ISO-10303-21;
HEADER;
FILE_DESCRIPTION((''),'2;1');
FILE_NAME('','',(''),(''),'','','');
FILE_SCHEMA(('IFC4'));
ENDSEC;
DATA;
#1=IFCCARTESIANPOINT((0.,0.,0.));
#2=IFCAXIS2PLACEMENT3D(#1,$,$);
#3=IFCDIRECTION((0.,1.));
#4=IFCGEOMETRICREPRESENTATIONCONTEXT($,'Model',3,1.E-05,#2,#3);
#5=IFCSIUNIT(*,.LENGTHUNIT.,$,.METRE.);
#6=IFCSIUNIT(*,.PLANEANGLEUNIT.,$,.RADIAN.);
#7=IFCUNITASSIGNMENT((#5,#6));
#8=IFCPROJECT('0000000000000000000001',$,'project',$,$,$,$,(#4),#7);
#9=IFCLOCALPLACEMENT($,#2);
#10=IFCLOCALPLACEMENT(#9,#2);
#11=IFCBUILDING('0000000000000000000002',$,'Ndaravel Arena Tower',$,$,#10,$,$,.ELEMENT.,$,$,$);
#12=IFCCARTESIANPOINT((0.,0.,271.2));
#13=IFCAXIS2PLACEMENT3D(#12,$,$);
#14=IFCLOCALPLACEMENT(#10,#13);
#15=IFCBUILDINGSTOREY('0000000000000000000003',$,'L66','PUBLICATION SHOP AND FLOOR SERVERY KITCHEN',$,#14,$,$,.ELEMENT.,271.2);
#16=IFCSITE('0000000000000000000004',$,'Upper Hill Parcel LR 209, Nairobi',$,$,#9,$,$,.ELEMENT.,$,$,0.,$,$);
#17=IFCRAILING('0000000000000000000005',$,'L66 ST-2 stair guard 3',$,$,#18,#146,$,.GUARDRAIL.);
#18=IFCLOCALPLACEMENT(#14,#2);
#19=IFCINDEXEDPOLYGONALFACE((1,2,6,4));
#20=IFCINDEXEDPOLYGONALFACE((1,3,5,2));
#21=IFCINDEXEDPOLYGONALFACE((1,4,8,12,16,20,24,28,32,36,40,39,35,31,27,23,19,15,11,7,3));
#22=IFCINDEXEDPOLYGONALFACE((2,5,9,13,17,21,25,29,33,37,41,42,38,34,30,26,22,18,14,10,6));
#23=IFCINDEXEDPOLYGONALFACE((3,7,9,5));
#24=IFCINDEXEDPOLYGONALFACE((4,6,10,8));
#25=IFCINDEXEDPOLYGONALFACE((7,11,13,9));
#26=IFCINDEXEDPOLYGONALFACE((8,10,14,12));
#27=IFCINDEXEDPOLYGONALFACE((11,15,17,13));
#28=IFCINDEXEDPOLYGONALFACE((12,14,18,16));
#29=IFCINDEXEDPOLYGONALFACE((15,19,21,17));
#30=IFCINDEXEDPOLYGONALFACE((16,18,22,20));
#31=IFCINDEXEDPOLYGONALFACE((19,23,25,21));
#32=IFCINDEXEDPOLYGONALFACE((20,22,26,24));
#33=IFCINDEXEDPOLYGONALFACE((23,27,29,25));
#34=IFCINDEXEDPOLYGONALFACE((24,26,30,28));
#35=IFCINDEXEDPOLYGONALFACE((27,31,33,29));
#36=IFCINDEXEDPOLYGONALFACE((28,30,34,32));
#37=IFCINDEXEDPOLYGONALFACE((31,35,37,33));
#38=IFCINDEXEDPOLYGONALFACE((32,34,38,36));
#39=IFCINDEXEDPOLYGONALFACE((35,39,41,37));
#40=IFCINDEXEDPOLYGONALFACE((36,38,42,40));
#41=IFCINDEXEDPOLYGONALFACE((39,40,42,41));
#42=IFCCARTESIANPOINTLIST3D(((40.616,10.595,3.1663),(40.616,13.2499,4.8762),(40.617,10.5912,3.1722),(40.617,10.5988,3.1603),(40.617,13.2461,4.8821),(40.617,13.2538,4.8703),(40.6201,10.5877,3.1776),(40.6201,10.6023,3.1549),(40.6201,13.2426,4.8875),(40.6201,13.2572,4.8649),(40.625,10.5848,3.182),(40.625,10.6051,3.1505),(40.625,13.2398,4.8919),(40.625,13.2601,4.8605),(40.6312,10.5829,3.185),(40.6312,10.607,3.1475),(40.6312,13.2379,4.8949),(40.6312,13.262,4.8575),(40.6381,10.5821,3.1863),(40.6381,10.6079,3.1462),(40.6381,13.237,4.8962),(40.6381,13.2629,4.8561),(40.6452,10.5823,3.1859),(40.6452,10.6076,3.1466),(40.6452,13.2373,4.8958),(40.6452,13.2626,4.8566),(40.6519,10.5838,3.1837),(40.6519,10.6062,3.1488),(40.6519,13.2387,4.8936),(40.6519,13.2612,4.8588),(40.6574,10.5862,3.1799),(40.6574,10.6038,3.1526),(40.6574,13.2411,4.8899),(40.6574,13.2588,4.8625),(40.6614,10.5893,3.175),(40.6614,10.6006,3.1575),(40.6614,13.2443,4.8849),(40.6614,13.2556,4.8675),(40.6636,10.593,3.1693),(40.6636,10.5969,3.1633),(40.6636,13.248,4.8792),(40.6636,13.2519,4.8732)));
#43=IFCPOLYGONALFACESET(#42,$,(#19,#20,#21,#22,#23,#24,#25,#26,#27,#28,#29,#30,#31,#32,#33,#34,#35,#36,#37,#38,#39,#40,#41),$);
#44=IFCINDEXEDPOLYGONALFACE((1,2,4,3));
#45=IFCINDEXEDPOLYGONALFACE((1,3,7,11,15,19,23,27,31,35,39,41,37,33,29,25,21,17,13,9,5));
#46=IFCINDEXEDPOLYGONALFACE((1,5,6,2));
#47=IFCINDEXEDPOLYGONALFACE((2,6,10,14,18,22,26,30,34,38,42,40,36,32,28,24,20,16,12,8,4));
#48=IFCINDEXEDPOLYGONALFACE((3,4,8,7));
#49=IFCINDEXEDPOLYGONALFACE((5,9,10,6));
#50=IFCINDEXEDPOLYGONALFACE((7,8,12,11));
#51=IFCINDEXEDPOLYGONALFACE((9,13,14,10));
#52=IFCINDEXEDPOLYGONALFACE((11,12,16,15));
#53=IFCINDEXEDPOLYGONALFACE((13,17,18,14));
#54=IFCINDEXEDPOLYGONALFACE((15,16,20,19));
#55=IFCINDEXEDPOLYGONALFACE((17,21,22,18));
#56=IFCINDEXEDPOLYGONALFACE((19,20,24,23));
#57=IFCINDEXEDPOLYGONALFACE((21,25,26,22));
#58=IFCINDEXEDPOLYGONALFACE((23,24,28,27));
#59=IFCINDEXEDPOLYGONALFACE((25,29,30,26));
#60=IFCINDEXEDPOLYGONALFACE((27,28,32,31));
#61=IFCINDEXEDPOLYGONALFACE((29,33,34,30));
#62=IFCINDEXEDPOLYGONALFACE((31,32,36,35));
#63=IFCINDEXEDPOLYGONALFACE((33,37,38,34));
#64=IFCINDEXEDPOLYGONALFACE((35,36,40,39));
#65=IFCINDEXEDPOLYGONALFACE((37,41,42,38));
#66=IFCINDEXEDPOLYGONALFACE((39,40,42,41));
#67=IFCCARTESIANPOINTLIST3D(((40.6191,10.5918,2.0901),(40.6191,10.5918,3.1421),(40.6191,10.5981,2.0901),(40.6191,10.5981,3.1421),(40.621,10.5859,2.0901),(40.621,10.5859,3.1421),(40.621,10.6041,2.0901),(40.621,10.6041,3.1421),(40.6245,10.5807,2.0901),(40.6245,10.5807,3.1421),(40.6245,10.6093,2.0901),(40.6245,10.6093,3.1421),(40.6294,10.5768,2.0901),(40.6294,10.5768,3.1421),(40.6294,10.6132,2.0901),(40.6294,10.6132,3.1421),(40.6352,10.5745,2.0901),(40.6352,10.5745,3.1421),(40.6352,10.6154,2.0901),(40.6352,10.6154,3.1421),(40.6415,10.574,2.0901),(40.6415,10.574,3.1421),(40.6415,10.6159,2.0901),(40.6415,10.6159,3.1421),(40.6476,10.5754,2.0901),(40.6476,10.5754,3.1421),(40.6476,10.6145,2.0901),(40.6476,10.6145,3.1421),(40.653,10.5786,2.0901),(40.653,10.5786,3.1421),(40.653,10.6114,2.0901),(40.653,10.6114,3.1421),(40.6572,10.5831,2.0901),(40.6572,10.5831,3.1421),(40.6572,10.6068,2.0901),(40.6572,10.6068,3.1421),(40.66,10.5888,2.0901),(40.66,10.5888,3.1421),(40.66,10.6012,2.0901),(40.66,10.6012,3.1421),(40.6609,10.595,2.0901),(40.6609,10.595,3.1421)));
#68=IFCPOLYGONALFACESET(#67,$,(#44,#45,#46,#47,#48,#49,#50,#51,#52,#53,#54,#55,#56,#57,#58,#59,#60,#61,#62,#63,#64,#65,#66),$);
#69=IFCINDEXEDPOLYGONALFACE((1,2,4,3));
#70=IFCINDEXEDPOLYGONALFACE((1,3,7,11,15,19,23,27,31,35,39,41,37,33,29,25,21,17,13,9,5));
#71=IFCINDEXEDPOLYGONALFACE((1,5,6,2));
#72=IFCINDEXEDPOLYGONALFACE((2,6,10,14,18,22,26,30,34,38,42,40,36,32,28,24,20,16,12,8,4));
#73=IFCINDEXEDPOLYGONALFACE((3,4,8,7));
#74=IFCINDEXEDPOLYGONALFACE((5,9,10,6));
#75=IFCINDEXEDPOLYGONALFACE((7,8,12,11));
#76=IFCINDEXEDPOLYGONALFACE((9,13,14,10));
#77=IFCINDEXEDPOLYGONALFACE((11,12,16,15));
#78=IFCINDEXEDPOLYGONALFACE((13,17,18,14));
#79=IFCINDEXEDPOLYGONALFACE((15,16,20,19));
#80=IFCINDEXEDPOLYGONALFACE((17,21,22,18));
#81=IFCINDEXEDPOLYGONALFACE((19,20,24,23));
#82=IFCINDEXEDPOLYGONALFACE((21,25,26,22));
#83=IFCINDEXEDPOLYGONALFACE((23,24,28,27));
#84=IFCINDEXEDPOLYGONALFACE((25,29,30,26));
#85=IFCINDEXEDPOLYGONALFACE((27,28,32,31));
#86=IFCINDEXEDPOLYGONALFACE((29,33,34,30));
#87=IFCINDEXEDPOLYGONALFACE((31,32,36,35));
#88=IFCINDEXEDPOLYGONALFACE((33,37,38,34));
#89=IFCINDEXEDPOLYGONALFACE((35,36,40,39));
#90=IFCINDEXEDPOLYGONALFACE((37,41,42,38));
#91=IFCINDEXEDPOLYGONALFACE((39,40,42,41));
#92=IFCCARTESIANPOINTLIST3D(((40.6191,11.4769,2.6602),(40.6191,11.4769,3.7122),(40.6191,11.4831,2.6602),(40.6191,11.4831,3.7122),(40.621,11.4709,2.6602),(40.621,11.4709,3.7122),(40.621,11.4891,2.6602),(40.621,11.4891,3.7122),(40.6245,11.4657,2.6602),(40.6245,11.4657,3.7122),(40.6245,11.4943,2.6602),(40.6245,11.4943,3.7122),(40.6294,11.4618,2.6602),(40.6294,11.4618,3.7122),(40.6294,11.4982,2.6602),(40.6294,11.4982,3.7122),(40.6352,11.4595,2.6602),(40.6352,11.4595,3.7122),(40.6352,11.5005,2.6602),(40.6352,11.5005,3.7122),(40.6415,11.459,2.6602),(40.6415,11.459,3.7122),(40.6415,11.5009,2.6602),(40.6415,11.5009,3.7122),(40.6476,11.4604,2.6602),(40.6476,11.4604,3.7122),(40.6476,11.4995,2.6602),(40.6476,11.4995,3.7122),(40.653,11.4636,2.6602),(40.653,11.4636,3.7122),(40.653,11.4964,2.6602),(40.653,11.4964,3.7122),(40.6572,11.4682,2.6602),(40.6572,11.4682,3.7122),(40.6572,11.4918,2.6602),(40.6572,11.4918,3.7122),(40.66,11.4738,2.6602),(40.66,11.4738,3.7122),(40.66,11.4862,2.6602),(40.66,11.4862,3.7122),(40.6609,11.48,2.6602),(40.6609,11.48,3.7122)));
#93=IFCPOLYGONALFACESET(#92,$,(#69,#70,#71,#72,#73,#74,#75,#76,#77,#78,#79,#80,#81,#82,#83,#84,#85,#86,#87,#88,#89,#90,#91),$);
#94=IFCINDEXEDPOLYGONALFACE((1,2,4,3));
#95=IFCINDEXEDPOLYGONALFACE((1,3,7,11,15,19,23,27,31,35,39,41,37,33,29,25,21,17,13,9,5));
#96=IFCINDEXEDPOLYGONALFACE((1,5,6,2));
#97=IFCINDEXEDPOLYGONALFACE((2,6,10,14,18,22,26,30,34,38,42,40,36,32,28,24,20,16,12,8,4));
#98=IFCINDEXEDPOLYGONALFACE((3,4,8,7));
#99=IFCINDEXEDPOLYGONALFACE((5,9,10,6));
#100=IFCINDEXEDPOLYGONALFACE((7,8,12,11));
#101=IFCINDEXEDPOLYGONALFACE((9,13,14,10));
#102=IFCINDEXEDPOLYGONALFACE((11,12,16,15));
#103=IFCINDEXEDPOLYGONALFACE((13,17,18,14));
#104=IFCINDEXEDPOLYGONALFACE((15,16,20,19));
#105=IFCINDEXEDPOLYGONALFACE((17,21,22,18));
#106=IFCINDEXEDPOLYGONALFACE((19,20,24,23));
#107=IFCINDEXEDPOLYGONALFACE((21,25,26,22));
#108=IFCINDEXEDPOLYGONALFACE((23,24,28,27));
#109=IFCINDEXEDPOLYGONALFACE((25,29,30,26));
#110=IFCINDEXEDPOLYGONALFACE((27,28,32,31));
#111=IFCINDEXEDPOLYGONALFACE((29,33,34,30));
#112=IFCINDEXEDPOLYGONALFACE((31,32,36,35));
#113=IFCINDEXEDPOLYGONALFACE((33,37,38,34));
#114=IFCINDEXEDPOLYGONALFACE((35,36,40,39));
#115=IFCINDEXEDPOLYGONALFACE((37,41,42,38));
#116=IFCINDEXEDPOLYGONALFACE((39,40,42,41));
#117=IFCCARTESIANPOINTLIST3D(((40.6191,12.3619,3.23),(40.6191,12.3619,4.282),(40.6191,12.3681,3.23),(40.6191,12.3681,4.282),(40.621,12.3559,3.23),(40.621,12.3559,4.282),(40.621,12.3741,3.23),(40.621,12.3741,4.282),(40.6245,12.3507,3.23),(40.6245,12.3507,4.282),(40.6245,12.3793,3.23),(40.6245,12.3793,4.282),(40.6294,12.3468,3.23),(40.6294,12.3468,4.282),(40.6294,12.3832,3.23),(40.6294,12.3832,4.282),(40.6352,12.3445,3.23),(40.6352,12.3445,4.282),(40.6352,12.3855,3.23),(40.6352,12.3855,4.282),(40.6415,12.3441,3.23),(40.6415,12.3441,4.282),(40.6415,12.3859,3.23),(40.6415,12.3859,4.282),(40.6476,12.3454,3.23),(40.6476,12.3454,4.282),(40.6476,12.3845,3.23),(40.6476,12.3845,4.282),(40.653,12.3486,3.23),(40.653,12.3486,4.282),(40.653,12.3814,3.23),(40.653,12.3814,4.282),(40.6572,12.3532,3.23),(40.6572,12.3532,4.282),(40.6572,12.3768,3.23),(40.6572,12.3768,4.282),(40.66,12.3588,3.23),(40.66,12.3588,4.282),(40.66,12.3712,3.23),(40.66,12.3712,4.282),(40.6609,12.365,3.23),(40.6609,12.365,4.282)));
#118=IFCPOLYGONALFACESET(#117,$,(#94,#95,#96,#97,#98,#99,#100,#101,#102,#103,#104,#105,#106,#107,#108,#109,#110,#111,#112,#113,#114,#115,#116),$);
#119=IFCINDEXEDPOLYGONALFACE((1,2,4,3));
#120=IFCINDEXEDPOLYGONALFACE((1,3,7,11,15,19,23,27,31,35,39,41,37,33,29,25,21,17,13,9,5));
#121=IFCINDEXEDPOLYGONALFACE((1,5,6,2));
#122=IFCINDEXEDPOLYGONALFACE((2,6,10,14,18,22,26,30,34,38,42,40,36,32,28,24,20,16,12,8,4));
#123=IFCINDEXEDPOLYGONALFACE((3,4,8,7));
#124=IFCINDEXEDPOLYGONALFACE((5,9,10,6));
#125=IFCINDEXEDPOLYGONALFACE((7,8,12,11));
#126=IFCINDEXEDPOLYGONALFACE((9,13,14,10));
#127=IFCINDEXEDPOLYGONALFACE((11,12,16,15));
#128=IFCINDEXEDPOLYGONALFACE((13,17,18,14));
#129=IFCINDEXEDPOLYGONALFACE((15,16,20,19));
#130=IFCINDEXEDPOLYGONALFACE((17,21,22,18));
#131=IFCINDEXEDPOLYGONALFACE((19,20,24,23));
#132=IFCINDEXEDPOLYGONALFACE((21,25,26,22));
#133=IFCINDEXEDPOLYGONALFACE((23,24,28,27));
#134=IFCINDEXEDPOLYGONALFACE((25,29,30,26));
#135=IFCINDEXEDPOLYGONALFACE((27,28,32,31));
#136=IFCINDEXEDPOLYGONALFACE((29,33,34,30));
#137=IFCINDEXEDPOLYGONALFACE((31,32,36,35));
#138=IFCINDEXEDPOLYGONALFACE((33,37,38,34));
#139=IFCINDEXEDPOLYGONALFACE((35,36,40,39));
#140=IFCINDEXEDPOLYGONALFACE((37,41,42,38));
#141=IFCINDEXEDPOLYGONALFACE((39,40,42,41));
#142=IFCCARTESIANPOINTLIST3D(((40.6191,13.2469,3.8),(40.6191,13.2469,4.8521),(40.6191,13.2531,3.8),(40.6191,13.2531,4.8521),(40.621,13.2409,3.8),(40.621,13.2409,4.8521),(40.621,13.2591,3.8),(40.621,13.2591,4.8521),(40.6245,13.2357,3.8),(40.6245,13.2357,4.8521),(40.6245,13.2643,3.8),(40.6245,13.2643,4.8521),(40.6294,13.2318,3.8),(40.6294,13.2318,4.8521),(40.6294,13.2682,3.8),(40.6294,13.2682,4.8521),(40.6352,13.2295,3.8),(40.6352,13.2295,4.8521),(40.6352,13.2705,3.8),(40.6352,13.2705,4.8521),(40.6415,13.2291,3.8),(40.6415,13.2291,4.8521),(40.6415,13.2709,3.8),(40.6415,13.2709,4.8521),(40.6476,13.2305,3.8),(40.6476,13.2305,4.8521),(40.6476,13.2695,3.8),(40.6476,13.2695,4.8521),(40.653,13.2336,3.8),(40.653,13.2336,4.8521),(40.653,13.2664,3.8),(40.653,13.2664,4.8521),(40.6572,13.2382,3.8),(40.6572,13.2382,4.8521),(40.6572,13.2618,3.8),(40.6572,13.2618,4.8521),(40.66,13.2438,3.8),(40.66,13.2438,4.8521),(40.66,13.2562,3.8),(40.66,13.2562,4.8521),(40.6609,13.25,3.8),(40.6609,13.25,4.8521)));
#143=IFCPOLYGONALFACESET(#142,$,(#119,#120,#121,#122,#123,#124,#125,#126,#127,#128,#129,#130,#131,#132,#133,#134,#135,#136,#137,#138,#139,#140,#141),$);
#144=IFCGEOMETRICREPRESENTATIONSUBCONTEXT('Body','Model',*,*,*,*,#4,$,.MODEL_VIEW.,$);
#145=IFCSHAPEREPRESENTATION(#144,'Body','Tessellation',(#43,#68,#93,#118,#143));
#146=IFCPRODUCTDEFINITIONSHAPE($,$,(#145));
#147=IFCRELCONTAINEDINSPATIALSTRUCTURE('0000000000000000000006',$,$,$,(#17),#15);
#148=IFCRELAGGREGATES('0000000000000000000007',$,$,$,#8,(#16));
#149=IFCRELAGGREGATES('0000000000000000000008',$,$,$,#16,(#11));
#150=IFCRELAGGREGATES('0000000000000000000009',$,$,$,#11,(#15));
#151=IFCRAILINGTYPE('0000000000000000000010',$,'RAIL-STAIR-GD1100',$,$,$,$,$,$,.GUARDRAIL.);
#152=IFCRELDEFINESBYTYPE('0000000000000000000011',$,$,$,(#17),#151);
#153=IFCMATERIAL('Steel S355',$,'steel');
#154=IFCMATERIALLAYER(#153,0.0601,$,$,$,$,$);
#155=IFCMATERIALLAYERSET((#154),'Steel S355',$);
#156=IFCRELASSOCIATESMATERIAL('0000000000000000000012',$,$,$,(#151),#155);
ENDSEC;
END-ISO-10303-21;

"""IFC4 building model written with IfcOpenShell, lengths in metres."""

from ifc_helpers import new_model, si_unit, direction, frame, origin, origin_2d, place, context, subcontext, project, spatial, circle, extrude, material, layer, layer_set, type_object, element, save


model = new_model("IFC4")

# Units and contexts
model_context = context("Model", 3, precision=1e-05, world=origin(), true_north=direction((0.0, 1.0)))
body_context = subcontext(model_context, "Body", "Model", "MODEL_VIEW")
ifc_project = project(units=[si_unit("LENGTHUNIT", "METRE"), si_unit("PLANEANGLEUNIT", "RADIAN")], contexts=[model_context])

# Site, building, storey
site_placement = place(None, origin())
site = spatial("IfcSite", under=ifc_project, at=site_placement, Name="Upper Hill Parcel LR 209, Nairobi", CompositionType="ELEMENT", RefElevation=0.0)
building_placement = place(site_placement, origin())
building = spatial("IfcBuilding", under=site, at=building_placement, Name="Ndaravel Arena Tower", CompositionType="ELEMENT")
storey_placement = place(building_placement, frame((0.0, 0.0, 271.2)))
storey = spatial("IfcBuildingStorey", under=building, at=storey_placement, Name="L66", Description="PUBLICATION SHOP AND FLOOR SERVERY KITCHEN", CompositionType="ELEMENT", Elevation=271.2)

# Railing
ifc_material_1 = material(Name="Steel S355", Category="steel")
ifc_layer_1 = layer(ifc_material_1, 0.0601)
ifc_layer_set_1 = layer_set([ifc_layer_1], Name="Steel S355")
railing_type_1 = type_object("IfcRailingType", Name="RAIL-STAIR-GD1100", PredefinedType="GUARDRAIL", material=ifc_layer_set_1)
railing_1_placement = place(storey_placement, frame((40.6399, 10.595, 2.0901)))
element("IfcRailing", 1, at=railing_1_placement, inside=storey, type_object=railing_type_1, Name="L66 ST-2 stair guard 3", PredefinedType="GUARDRAIL", context=body_context, shape_type="SweptSolid", body=[
    extrude(circle(Radius=0.0239, at=origin_2d()), frame((0.0, 0.0, 1.0762), z_axis=(0.0, 0.840724, 0.541465), x_axis=(-1.0, 0.0, 0.0)), (0.0, 0.0, 1.0), 3.158),
    extrude(circle(Radius=0.021, at=origin_2d()), origin(), (0.0, 0.0, 1.0), 1.052),
    extrude(circle(Radius=0.021, at=origin_2d()), frame((0.0, 0.885, 0.5701)), (0.0, 0.0, 1.0), 1.052),
    extrude(circle(Radius=0.021, at=origin_2d()), frame((0.0, 1.77, 1.1399)), (0.0, 0.0, 1.0), 1.052),
    extrude(circle(Radius=0.021, at=origin_2d()), frame((0.0, 2.655, 1.71)), (0.0, 0.0, 1.0), 1.052),
])

save(model, "model.ifc")
